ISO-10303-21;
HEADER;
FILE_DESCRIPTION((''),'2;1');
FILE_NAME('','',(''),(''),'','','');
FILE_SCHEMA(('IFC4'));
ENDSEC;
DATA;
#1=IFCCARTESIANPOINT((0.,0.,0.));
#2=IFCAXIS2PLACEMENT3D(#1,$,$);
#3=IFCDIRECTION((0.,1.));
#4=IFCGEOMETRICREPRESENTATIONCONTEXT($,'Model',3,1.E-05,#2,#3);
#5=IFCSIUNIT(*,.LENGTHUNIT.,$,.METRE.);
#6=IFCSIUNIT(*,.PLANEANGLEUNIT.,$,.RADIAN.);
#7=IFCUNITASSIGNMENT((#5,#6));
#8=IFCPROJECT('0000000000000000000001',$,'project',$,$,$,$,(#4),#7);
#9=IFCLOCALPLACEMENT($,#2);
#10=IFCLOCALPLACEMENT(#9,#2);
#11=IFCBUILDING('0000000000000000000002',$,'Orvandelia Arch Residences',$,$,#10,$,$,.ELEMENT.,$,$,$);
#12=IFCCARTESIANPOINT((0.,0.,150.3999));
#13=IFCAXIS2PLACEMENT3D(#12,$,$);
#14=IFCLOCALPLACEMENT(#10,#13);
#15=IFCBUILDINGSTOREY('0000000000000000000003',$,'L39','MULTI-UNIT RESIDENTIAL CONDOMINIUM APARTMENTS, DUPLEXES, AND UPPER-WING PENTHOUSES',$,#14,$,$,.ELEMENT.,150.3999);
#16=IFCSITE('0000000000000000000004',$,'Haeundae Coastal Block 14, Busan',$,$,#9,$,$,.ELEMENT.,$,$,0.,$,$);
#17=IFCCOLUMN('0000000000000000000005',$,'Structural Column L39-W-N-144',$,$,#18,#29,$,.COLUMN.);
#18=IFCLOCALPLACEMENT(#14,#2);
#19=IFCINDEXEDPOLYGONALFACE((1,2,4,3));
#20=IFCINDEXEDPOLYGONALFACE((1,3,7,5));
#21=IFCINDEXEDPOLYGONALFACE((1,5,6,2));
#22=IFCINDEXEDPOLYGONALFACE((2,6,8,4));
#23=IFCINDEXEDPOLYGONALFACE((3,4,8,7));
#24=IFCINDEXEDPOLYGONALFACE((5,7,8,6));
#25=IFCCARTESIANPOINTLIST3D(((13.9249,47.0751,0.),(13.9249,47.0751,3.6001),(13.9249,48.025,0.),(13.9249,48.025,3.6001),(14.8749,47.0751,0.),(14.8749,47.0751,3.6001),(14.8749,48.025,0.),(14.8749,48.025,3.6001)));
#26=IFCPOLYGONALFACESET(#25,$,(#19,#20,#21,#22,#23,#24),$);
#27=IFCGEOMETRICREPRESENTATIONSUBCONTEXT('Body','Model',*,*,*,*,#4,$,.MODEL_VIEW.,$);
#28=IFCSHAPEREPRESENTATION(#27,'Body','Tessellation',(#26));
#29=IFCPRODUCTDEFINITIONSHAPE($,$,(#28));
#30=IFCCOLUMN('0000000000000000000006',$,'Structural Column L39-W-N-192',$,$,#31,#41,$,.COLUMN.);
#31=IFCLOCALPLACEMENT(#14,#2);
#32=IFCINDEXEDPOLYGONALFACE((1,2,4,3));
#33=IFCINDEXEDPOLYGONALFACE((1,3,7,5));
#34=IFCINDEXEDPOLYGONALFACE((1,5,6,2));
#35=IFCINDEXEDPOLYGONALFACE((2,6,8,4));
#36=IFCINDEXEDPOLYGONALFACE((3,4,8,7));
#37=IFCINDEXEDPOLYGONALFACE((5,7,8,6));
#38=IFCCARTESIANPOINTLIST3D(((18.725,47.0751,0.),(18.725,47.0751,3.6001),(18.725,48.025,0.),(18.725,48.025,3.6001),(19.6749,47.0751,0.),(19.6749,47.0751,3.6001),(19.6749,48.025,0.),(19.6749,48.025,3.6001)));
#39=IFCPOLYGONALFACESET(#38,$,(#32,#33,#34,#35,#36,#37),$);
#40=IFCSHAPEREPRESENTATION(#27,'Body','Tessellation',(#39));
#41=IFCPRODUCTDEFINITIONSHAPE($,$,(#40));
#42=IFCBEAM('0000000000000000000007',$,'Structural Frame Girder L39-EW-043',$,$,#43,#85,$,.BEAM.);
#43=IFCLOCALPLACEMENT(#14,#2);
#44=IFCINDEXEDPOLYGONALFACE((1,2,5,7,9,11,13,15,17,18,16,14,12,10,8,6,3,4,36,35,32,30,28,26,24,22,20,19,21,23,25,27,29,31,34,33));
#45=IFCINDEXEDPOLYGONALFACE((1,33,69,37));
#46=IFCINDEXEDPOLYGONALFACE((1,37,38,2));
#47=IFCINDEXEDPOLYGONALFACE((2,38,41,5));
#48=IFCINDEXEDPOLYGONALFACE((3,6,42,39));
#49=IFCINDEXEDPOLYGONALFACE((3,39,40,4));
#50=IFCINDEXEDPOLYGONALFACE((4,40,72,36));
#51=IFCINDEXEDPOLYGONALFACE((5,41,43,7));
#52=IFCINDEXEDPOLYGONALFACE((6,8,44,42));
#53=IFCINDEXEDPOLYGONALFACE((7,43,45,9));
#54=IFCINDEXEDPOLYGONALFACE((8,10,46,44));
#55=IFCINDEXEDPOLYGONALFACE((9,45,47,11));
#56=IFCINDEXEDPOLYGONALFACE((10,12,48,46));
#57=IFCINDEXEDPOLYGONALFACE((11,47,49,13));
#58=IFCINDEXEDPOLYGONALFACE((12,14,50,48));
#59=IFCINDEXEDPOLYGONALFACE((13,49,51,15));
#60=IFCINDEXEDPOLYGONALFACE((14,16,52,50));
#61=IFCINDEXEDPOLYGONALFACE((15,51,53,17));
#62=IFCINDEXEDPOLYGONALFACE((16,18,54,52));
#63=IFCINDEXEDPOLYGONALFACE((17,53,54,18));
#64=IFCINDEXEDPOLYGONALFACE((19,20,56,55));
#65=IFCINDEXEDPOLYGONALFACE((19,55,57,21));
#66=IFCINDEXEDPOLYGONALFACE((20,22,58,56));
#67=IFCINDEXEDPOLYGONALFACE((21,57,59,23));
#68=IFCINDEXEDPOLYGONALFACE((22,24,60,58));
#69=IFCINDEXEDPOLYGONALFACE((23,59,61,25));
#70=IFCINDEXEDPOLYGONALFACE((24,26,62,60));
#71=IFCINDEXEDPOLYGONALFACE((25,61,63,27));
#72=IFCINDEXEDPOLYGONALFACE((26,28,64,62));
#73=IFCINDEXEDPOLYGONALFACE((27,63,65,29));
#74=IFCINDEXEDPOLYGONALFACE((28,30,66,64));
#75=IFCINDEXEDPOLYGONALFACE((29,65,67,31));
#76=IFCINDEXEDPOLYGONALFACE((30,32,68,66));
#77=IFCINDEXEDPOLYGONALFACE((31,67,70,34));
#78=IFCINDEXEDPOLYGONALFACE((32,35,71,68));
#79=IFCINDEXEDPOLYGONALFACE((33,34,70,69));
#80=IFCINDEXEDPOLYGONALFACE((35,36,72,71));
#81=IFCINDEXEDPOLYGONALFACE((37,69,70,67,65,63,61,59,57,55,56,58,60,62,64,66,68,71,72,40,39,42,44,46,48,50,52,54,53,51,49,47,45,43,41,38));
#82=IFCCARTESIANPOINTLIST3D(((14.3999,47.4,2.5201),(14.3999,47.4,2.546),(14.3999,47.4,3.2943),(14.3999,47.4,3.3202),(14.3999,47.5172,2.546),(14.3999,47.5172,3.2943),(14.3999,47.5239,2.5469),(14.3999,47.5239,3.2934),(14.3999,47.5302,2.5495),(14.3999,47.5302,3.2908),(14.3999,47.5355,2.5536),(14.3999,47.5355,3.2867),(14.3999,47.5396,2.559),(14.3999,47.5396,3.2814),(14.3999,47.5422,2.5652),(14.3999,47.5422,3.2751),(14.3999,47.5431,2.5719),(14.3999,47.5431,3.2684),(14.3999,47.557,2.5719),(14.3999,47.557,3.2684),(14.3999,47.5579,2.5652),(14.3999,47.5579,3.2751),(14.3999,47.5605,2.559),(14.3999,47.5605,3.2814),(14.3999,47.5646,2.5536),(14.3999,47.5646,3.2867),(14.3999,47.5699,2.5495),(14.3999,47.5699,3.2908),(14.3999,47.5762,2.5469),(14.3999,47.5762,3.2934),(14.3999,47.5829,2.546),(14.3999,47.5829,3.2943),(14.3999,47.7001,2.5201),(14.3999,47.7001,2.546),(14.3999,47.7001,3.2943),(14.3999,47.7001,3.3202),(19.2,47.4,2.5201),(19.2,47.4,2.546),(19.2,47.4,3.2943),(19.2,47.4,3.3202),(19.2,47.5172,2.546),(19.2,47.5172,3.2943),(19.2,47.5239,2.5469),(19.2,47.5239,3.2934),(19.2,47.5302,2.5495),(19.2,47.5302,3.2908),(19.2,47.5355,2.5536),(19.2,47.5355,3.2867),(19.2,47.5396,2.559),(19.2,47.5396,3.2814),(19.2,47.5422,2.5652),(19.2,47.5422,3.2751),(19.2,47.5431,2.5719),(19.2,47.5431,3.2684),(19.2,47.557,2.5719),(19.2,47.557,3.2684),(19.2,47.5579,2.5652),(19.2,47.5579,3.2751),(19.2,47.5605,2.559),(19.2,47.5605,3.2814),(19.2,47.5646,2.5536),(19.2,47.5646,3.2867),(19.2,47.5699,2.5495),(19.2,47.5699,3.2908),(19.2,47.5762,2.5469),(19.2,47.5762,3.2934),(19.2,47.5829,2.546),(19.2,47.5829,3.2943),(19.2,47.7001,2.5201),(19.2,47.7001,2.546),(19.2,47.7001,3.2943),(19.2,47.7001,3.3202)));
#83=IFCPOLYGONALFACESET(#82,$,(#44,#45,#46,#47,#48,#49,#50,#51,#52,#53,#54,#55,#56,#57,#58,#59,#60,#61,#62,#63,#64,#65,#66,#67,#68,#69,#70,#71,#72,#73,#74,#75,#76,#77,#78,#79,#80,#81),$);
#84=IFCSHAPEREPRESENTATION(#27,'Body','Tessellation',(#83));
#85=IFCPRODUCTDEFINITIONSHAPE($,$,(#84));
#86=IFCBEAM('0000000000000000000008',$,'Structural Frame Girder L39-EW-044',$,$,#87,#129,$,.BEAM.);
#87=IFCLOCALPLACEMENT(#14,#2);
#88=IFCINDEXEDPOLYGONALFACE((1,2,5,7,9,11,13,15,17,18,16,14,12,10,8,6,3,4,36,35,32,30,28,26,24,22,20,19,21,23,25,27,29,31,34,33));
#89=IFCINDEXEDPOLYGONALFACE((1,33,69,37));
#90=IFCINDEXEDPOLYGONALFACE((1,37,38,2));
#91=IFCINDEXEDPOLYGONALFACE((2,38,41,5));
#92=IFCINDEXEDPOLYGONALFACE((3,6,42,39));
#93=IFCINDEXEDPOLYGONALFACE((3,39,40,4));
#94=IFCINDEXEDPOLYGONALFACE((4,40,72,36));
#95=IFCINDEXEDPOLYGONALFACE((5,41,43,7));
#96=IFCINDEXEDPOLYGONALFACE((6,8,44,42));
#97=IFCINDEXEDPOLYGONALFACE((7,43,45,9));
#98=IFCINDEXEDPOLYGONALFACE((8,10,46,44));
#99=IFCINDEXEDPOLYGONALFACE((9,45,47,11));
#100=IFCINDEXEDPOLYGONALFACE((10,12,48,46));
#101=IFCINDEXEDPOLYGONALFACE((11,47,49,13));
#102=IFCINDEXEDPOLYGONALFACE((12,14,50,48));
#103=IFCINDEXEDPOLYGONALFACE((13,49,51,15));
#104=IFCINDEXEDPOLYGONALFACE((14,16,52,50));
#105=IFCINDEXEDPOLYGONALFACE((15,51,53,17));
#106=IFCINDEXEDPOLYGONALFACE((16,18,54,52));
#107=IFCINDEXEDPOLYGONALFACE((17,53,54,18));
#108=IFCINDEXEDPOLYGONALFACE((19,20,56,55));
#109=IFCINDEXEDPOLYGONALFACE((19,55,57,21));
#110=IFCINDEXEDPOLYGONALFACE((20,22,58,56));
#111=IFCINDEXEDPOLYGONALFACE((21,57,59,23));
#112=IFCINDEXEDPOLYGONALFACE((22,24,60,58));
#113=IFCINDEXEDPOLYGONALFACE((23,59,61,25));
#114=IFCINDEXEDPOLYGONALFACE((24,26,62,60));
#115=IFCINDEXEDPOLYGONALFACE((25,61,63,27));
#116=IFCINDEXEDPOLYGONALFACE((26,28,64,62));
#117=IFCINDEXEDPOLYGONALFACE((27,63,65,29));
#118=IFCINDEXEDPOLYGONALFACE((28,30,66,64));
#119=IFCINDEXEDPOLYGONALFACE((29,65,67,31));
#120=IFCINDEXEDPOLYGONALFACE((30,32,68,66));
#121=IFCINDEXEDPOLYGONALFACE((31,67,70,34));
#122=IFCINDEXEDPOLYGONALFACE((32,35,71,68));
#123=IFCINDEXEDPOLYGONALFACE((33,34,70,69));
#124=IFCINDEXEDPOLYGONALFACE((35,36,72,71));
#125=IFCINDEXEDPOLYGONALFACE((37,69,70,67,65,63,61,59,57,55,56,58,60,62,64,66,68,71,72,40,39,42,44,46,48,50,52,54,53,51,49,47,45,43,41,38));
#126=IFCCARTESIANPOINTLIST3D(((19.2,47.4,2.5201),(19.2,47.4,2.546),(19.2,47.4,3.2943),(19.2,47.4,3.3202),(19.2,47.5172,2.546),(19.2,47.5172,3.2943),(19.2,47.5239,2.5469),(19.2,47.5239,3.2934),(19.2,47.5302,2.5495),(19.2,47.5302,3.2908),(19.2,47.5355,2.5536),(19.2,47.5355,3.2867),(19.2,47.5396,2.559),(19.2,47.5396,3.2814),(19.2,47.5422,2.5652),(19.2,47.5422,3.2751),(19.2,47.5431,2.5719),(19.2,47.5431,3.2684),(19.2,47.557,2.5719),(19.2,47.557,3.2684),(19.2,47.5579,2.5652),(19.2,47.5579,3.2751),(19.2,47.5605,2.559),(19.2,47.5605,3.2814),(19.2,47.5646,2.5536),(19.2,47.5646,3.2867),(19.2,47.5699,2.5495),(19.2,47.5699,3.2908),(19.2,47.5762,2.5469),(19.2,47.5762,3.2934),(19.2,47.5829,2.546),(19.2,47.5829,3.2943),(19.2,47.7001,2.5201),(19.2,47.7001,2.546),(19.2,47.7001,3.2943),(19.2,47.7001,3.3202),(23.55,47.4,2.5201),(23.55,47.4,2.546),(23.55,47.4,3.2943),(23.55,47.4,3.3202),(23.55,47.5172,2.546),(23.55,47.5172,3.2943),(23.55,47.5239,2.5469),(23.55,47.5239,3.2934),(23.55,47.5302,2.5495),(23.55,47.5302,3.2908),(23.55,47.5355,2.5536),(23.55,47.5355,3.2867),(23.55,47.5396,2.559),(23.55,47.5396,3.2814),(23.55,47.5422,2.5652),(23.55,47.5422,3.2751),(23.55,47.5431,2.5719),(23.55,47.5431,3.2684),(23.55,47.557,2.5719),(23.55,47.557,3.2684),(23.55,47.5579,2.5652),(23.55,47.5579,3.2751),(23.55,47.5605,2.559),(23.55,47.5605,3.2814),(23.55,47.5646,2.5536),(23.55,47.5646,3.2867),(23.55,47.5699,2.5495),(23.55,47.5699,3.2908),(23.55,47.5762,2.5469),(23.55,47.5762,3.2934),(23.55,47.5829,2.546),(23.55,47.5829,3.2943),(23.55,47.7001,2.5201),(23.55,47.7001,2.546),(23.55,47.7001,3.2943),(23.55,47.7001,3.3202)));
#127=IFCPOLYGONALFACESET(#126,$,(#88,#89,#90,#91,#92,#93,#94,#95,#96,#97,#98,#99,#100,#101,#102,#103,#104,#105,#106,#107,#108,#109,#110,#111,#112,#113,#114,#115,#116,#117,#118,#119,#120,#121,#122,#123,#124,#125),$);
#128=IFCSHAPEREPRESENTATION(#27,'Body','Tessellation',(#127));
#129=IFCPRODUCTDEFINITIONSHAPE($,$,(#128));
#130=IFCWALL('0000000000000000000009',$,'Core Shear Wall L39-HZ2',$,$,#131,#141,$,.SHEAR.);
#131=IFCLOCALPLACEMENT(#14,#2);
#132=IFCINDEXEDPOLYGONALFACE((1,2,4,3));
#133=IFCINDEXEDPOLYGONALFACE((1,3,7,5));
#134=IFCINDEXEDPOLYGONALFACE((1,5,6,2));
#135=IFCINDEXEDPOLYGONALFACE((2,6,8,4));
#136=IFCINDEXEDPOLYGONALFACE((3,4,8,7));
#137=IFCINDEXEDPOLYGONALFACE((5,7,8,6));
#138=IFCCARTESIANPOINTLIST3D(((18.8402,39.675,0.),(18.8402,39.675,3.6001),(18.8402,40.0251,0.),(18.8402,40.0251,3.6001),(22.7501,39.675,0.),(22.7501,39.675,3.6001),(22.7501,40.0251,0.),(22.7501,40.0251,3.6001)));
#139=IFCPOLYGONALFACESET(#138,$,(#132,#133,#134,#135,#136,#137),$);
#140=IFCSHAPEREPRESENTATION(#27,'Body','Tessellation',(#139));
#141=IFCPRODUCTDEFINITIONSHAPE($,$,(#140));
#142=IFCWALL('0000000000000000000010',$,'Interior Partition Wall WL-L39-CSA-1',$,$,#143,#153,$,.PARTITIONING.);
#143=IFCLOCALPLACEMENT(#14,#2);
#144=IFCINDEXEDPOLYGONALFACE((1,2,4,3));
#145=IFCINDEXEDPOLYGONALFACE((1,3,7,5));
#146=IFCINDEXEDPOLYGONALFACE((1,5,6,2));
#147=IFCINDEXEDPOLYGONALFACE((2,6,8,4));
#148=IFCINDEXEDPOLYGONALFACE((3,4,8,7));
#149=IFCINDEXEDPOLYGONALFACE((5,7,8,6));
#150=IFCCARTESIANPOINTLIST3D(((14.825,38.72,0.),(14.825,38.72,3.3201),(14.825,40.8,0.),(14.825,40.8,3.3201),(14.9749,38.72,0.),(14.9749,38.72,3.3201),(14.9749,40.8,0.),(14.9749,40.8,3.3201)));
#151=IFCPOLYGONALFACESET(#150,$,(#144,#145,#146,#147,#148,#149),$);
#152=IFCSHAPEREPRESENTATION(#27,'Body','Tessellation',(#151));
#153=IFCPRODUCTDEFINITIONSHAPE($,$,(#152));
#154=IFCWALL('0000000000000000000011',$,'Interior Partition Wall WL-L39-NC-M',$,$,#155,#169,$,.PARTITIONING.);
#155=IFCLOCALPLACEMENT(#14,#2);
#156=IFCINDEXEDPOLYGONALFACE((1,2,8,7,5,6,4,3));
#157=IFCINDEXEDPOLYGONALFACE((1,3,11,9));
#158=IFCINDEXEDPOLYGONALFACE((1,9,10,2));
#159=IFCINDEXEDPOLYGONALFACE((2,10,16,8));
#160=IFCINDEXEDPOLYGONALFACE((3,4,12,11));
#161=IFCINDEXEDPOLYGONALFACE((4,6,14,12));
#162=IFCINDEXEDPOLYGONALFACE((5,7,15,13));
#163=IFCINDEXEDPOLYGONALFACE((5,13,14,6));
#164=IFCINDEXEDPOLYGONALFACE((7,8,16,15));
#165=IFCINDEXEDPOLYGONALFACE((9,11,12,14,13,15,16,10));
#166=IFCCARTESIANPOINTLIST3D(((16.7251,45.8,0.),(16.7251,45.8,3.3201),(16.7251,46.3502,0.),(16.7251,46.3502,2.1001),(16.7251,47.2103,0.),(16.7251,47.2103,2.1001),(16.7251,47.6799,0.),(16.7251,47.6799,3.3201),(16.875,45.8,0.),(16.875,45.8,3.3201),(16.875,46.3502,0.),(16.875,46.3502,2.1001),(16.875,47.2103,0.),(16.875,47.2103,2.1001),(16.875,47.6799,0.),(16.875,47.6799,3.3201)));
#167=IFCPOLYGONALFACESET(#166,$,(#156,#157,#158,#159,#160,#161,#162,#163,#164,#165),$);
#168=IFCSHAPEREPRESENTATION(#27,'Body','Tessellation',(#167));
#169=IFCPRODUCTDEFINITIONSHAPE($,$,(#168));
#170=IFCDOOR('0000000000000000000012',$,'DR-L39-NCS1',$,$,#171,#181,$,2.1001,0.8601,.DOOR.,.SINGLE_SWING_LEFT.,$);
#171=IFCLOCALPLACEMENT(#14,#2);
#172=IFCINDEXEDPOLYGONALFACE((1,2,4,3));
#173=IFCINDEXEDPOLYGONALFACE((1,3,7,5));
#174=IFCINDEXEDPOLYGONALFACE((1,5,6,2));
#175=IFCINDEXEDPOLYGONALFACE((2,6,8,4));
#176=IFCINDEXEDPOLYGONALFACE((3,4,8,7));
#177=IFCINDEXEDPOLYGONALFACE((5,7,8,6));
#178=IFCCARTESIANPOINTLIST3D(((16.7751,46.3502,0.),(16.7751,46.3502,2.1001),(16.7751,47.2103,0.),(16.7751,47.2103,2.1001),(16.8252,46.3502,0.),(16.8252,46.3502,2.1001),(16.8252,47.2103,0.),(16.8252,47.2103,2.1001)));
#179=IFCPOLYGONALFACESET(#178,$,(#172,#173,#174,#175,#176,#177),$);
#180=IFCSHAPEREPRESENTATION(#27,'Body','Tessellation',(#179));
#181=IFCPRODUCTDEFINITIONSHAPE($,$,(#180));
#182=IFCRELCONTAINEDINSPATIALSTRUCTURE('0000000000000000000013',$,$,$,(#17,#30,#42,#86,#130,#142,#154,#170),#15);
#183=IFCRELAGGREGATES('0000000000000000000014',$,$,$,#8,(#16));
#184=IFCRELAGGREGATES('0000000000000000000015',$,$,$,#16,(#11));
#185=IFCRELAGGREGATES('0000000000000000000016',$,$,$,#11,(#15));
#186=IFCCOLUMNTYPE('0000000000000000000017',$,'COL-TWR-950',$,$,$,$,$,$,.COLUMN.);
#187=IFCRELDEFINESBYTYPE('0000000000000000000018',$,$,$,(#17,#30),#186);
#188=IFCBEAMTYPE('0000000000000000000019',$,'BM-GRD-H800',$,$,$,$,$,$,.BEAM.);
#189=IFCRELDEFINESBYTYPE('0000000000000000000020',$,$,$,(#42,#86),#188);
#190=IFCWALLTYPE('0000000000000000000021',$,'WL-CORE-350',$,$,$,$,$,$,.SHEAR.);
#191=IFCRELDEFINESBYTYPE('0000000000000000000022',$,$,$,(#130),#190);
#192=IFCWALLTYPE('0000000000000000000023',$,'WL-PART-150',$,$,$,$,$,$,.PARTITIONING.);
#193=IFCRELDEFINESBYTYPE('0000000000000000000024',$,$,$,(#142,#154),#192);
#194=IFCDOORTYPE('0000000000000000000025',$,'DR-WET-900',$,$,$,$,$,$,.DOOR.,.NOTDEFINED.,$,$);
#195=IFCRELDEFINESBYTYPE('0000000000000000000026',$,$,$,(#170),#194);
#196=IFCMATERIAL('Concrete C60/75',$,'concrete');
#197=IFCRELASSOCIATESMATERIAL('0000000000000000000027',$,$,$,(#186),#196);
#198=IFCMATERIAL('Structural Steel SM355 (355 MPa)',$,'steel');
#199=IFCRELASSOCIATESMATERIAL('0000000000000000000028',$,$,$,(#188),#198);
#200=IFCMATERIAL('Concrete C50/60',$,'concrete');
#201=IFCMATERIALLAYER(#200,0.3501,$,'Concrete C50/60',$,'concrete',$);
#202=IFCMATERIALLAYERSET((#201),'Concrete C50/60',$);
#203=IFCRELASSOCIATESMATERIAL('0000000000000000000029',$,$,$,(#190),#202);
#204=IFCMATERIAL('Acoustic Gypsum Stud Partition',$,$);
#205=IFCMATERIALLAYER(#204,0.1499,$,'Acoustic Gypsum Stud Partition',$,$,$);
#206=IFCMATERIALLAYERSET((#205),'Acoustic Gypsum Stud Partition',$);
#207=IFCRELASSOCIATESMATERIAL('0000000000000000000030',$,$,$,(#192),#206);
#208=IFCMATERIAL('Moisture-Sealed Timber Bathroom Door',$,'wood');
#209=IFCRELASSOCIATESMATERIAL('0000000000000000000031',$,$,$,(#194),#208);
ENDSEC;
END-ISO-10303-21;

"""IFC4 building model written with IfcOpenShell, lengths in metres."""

from ifc_helpers import new_model, si_unit, direction, frame, frame_2d, origin, origin_2d, place, context, subcontext, project, spatial, rectangle, i_section, extrude, material, layer, layer_set, material_profile, profile_set, type_object, element, fill, save


model = new_model("IFC4")

# Units and contexts
model_context = context("Model", 3, precision=1e-05, world=origin(), true_north=direction((0.0, 1.0)))
body_context = subcontext(model_context, "Body", "Model", "MODEL_VIEW")
ifc_project = project(units=[si_unit("LENGTHUNIT", "METRE"), si_unit("PLANEANGLEUNIT", "RADIAN")], contexts=[model_context])

# Site, building, storey
site_placement = place(None, origin())
site = spatial("IfcSite", under=ifc_project, at=site_placement, Name="Haeundae Coastal Block 14, Busan", CompositionType="ELEMENT", RefElevation=0.0)
building_placement = place(site_placement, origin())
building = spatial("IfcBuilding", under=site, at=building_placement, Name="Orvandelia Arch Residences", CompositionType="ELEMENT")
storey_placement = place(building_placement, frame((0.0, 0.0, 150.3999)))
storey = spatial("IfcBuildingStorey", under=building, at=storey_placement, Name="L39", Description="MULTI-UNIT RESIDENTIAL CONDOMINIUM APARTMENTS, DUPLEXES, AND UPPER-WING PENTHOUSES", CompositionType="ELEMENT", Elevation=150.3999)

# Columns
ifc_material_1 = material(Name="Concrete C60/75", Category="concrete")
ifc_material_profile_1 = material_profile(ifc_material_1, rectangle(XDim=0.95, YDim=0.95, at=origin_2d()), Name="Concrete C60/75", Category="concrete")
ifc_profile_set_1 = profile_set([ifc_material_profile_1], Name="Concrete C60/75")
column_type = type_object("IfcColumnType", Name="COL-TWR-950", PredefinedType="COLUMN", material=ifc_profile_set_1)
for number, where, z_axis, x_axis, name in (
    (1, (14.3999, 47.55, 0.0), (0.0, 0.0, 1.0), (1.0, 0.0, 0.0), "Structural Column L39-W-N-144"),
    (2, (19.2, 47.55, 0.0), (0.0, 0.0, 1.0), (1.0, 0.0, 0.0), "Structural Column L39-W-N-192"),
):
    element("IfcColumn", number, at=place(storey_placement, frame(where, z_axis=z_axis, x_axis=x_axis)), inside=storey, type_object=column_type, Name=name, PredefinedType="COLUMN", context=body_context, shape_type="SweptSolid", body=[
        extrude(rectangle(XDim=0.95, YDim=0.95, at=origin_2d()), origin(), (0.0, 0.0, 1.0), 3.6001),
    ])

# Beams
ifc_material_2 = material(Name="Structural Steel SM355 (355 MPa)", Category="steel")
ifc_material_profile_2 = material_profile(ifc_material_2, i_section(OverallWidth=0.3, OverallDepth=0.8, WebThickness=0.0139, FlangeThickness=0.0259, FilletRadius=0.0259, at=origin_2d()), Name="Structural Steel SM355 (355 MPa)", Category="steel")
ifc_profile_set_2 = profile_set([ifc_material_profile_2], Name="Structural Steel SM355 (355 MPa)")
beam_type = type_object("IfcBeamType", Name="BM-GRD-H800", PredefinedType="BEAM", material=ifc_profile_set_2)
beam_1_placement = place(storey_placement, frame((14.3999, 47.55, 2.9202), z_axis=(1.0, 0.0, 0.0), x_axis=(0.0, 1.0, 0.0)))
element("IfcBeam", 3, at=beam_1_placement, inside=storey, type_object=beam_type, Name="Structural Frame Girder L39-EW-043", PredefinedType="BEAM", context=body_context, shape_type="SweptSolid", body=[
    extrude(i_section(OverallWidth=0.3, OverallDepth=0.8, WebThickness=0.0139, FlangeThickness=0.0259, FilletRadius=0.0259, at=origin_2d()), origin(), (0.0, 0.0, 1.0), 4.8),
])
beam_2_placement = place(storey_placement, frame((19.2, 47.55, 2.9202), z_axis=(1.0, 0.0, 0.0), x_axis=(0.0, 1.0, 0.0)))
element("IfcBeam", 4, at=beam_2_placement, inside=storey, type_object=beam_type, Name="Structural Frame Girder L39-EW-044", PredefinedType="BEAM", context=body_context, shape_type="SweptSolid", body=[
    extrude(i_section(OverallWidth=0.3, OverallDepth=0.8, WebThickness=0.0139, FlangeThickness=0.0259, FilletRadius=0.0259, at=origin_2d()), origin(), (0.0, 0.0, 1.0), 4.3501),
])

# Walls
ifc_material_3 = material(Name="Concrete C50/60", Category="concrete")
ifc_layer_1 = layer(ifc_material_3, 0.3501, Name="Concrete C50/60", Category="concrete")
ifc_layer_set_1 = layer_set([ifc_layer_1], Name="Concrete C50/60")
wall_type_1 = type_object("IfcWallType", Name="WL-CORE-350", PredefinedType="SHEAR", material=ifc_layer_set_1)
wall_1_placement = place(storey_placement, frame((18.8401, 39.8501, 0.0), z_axis=(0.0, 0.0, 1.0), x_axis=(1.0, 0.0, 0.0)))
element("IfcWall", 5, at=wall_1_placement, inside=storey, type_object=wall_type_1, Name="Core Shear Wall L39-HZ2", PredefinedType="SHEAR", context=body_context, shape_type="SweptSolid", body=[
    extrude(rectangle(XDim=3.9099, YDim=0.3501, at=frame_2d((1.9551, 0.0))), origin(), (0.0, 0.0, 1.0), 3.6001),
])
ifc_material_4 = material(Name="Acoustic Gypsum Stud Partition")
ifc_layer_2 = layer(ifc_material_4, 0.1499, Name="Acoustic Gypsum Stud Partition")
ifc_layer_set_2 = layer_set([ifc_layer_2], Name="Acoustic Gypsum Stud Partition")
wall_type_2 = type_object("IfcWallType", Name="WL-PART-150", PredefinedType="PARTITIONING", material=ifc_layer_set_2)
wall_2_placement = place(storey_placement, frame((14.8999, 38.72, 0.0), z_axis=(0.0, 0.0, 1.0), x_axis=(0.0, 1.0, 0.0)))
element("IfcWall", 6, at=wall_2_placement, inside=storey, type_object=wall_type_2, Name="Interior Partition Wall WL-L39-CSA-1", PredefinedType="PARTITIONING", context=body_context, shape_type="SweptSolid", body=[
    extrude(rectangle(XDim=2.0801, YDim=0.1499, at=frame_2d((1.04, 0.0))), origin(), (0.0, 0.0, 1.0), 3.3201),
])

# Wall, opening, door
wall_3_placement = place(storey_placement, frame((16.8, 45.8, 0.0), z_axis=(0.0, 0.0, 1.0), x_axis=(0.0, 1.0, 0.0)))
wall_3 = element("IfcWall", 7, at=wall_3_placement, inside=storey, type_object=wall_type_2, Name="Interior Partition Wall WL-L39-NC-M", PredefinedType="PARTITIONING", context=body_context, shape_type="SweptSolid", body=[
    extrude(rectangle(XDim=1.8799, YDim=0.1499, at=frame_2d((0.9399, 0.0))), origin(), (0.0, 0.0, 1.0), 3.3201),
])
opening_1_placement = place(wall_3_placement, frame((0.55, 0.0, 0.0)))
opening_1 = element("IfcOpeningElement", 8, at=opening_1_placement, cuts=wall_3, PredefinedType="OPENING", context=body_context, shape_type="SweptSolid", body=[
    extrude(rectangle(XDim=0.8601, YDim=2.1001, at=frame_2d((0.4302, 1.05))), frame((0.0, 0.085, 0.0), z_axis=(0.0, -1.0, 0.0), x_axis=(1.0, 0.0, 0.0)), (0.0, 0.0, 1.0), 0.1699),
])
ifc_material_5 = material(Name="Moisture-Sealed Timber Bathroom Door", Category="wood")
door_type_1 = type_object("IfcDoorType", Name="DR-WET-900", OperationType="NOTDEFINED", PredefinedType="DOOR", material=ifc_material_5)
door_1_placement = place(opening_1_placement, origin())
door_1 = element("IfcDoor", 9, at=door_1_placement, inside=storey, type_object=door_type_1, Name="DR-L39-NCS1", OperationType="SINGLE_SWING_LEFT", OverallHeight=2.1001, OverallWidth=0.8601, PredefinedType="DOOR", context=body_context, shape_type="SweptSolid", body=[
    extrude(rectangle(XDim=0.8601, YDim=2.1001, at=frame_2d((0.4302, 1.05))), frame((0.0, 0.0249, 0.0), z_axis=(0.0, -1.0, 0.0), x_axis=(1.0, 0.0, 0.0)), (0.0, 0.0, 1.0), 0.05),
])
fill(opening_1, door_1)

save(model, "model.ifc")
